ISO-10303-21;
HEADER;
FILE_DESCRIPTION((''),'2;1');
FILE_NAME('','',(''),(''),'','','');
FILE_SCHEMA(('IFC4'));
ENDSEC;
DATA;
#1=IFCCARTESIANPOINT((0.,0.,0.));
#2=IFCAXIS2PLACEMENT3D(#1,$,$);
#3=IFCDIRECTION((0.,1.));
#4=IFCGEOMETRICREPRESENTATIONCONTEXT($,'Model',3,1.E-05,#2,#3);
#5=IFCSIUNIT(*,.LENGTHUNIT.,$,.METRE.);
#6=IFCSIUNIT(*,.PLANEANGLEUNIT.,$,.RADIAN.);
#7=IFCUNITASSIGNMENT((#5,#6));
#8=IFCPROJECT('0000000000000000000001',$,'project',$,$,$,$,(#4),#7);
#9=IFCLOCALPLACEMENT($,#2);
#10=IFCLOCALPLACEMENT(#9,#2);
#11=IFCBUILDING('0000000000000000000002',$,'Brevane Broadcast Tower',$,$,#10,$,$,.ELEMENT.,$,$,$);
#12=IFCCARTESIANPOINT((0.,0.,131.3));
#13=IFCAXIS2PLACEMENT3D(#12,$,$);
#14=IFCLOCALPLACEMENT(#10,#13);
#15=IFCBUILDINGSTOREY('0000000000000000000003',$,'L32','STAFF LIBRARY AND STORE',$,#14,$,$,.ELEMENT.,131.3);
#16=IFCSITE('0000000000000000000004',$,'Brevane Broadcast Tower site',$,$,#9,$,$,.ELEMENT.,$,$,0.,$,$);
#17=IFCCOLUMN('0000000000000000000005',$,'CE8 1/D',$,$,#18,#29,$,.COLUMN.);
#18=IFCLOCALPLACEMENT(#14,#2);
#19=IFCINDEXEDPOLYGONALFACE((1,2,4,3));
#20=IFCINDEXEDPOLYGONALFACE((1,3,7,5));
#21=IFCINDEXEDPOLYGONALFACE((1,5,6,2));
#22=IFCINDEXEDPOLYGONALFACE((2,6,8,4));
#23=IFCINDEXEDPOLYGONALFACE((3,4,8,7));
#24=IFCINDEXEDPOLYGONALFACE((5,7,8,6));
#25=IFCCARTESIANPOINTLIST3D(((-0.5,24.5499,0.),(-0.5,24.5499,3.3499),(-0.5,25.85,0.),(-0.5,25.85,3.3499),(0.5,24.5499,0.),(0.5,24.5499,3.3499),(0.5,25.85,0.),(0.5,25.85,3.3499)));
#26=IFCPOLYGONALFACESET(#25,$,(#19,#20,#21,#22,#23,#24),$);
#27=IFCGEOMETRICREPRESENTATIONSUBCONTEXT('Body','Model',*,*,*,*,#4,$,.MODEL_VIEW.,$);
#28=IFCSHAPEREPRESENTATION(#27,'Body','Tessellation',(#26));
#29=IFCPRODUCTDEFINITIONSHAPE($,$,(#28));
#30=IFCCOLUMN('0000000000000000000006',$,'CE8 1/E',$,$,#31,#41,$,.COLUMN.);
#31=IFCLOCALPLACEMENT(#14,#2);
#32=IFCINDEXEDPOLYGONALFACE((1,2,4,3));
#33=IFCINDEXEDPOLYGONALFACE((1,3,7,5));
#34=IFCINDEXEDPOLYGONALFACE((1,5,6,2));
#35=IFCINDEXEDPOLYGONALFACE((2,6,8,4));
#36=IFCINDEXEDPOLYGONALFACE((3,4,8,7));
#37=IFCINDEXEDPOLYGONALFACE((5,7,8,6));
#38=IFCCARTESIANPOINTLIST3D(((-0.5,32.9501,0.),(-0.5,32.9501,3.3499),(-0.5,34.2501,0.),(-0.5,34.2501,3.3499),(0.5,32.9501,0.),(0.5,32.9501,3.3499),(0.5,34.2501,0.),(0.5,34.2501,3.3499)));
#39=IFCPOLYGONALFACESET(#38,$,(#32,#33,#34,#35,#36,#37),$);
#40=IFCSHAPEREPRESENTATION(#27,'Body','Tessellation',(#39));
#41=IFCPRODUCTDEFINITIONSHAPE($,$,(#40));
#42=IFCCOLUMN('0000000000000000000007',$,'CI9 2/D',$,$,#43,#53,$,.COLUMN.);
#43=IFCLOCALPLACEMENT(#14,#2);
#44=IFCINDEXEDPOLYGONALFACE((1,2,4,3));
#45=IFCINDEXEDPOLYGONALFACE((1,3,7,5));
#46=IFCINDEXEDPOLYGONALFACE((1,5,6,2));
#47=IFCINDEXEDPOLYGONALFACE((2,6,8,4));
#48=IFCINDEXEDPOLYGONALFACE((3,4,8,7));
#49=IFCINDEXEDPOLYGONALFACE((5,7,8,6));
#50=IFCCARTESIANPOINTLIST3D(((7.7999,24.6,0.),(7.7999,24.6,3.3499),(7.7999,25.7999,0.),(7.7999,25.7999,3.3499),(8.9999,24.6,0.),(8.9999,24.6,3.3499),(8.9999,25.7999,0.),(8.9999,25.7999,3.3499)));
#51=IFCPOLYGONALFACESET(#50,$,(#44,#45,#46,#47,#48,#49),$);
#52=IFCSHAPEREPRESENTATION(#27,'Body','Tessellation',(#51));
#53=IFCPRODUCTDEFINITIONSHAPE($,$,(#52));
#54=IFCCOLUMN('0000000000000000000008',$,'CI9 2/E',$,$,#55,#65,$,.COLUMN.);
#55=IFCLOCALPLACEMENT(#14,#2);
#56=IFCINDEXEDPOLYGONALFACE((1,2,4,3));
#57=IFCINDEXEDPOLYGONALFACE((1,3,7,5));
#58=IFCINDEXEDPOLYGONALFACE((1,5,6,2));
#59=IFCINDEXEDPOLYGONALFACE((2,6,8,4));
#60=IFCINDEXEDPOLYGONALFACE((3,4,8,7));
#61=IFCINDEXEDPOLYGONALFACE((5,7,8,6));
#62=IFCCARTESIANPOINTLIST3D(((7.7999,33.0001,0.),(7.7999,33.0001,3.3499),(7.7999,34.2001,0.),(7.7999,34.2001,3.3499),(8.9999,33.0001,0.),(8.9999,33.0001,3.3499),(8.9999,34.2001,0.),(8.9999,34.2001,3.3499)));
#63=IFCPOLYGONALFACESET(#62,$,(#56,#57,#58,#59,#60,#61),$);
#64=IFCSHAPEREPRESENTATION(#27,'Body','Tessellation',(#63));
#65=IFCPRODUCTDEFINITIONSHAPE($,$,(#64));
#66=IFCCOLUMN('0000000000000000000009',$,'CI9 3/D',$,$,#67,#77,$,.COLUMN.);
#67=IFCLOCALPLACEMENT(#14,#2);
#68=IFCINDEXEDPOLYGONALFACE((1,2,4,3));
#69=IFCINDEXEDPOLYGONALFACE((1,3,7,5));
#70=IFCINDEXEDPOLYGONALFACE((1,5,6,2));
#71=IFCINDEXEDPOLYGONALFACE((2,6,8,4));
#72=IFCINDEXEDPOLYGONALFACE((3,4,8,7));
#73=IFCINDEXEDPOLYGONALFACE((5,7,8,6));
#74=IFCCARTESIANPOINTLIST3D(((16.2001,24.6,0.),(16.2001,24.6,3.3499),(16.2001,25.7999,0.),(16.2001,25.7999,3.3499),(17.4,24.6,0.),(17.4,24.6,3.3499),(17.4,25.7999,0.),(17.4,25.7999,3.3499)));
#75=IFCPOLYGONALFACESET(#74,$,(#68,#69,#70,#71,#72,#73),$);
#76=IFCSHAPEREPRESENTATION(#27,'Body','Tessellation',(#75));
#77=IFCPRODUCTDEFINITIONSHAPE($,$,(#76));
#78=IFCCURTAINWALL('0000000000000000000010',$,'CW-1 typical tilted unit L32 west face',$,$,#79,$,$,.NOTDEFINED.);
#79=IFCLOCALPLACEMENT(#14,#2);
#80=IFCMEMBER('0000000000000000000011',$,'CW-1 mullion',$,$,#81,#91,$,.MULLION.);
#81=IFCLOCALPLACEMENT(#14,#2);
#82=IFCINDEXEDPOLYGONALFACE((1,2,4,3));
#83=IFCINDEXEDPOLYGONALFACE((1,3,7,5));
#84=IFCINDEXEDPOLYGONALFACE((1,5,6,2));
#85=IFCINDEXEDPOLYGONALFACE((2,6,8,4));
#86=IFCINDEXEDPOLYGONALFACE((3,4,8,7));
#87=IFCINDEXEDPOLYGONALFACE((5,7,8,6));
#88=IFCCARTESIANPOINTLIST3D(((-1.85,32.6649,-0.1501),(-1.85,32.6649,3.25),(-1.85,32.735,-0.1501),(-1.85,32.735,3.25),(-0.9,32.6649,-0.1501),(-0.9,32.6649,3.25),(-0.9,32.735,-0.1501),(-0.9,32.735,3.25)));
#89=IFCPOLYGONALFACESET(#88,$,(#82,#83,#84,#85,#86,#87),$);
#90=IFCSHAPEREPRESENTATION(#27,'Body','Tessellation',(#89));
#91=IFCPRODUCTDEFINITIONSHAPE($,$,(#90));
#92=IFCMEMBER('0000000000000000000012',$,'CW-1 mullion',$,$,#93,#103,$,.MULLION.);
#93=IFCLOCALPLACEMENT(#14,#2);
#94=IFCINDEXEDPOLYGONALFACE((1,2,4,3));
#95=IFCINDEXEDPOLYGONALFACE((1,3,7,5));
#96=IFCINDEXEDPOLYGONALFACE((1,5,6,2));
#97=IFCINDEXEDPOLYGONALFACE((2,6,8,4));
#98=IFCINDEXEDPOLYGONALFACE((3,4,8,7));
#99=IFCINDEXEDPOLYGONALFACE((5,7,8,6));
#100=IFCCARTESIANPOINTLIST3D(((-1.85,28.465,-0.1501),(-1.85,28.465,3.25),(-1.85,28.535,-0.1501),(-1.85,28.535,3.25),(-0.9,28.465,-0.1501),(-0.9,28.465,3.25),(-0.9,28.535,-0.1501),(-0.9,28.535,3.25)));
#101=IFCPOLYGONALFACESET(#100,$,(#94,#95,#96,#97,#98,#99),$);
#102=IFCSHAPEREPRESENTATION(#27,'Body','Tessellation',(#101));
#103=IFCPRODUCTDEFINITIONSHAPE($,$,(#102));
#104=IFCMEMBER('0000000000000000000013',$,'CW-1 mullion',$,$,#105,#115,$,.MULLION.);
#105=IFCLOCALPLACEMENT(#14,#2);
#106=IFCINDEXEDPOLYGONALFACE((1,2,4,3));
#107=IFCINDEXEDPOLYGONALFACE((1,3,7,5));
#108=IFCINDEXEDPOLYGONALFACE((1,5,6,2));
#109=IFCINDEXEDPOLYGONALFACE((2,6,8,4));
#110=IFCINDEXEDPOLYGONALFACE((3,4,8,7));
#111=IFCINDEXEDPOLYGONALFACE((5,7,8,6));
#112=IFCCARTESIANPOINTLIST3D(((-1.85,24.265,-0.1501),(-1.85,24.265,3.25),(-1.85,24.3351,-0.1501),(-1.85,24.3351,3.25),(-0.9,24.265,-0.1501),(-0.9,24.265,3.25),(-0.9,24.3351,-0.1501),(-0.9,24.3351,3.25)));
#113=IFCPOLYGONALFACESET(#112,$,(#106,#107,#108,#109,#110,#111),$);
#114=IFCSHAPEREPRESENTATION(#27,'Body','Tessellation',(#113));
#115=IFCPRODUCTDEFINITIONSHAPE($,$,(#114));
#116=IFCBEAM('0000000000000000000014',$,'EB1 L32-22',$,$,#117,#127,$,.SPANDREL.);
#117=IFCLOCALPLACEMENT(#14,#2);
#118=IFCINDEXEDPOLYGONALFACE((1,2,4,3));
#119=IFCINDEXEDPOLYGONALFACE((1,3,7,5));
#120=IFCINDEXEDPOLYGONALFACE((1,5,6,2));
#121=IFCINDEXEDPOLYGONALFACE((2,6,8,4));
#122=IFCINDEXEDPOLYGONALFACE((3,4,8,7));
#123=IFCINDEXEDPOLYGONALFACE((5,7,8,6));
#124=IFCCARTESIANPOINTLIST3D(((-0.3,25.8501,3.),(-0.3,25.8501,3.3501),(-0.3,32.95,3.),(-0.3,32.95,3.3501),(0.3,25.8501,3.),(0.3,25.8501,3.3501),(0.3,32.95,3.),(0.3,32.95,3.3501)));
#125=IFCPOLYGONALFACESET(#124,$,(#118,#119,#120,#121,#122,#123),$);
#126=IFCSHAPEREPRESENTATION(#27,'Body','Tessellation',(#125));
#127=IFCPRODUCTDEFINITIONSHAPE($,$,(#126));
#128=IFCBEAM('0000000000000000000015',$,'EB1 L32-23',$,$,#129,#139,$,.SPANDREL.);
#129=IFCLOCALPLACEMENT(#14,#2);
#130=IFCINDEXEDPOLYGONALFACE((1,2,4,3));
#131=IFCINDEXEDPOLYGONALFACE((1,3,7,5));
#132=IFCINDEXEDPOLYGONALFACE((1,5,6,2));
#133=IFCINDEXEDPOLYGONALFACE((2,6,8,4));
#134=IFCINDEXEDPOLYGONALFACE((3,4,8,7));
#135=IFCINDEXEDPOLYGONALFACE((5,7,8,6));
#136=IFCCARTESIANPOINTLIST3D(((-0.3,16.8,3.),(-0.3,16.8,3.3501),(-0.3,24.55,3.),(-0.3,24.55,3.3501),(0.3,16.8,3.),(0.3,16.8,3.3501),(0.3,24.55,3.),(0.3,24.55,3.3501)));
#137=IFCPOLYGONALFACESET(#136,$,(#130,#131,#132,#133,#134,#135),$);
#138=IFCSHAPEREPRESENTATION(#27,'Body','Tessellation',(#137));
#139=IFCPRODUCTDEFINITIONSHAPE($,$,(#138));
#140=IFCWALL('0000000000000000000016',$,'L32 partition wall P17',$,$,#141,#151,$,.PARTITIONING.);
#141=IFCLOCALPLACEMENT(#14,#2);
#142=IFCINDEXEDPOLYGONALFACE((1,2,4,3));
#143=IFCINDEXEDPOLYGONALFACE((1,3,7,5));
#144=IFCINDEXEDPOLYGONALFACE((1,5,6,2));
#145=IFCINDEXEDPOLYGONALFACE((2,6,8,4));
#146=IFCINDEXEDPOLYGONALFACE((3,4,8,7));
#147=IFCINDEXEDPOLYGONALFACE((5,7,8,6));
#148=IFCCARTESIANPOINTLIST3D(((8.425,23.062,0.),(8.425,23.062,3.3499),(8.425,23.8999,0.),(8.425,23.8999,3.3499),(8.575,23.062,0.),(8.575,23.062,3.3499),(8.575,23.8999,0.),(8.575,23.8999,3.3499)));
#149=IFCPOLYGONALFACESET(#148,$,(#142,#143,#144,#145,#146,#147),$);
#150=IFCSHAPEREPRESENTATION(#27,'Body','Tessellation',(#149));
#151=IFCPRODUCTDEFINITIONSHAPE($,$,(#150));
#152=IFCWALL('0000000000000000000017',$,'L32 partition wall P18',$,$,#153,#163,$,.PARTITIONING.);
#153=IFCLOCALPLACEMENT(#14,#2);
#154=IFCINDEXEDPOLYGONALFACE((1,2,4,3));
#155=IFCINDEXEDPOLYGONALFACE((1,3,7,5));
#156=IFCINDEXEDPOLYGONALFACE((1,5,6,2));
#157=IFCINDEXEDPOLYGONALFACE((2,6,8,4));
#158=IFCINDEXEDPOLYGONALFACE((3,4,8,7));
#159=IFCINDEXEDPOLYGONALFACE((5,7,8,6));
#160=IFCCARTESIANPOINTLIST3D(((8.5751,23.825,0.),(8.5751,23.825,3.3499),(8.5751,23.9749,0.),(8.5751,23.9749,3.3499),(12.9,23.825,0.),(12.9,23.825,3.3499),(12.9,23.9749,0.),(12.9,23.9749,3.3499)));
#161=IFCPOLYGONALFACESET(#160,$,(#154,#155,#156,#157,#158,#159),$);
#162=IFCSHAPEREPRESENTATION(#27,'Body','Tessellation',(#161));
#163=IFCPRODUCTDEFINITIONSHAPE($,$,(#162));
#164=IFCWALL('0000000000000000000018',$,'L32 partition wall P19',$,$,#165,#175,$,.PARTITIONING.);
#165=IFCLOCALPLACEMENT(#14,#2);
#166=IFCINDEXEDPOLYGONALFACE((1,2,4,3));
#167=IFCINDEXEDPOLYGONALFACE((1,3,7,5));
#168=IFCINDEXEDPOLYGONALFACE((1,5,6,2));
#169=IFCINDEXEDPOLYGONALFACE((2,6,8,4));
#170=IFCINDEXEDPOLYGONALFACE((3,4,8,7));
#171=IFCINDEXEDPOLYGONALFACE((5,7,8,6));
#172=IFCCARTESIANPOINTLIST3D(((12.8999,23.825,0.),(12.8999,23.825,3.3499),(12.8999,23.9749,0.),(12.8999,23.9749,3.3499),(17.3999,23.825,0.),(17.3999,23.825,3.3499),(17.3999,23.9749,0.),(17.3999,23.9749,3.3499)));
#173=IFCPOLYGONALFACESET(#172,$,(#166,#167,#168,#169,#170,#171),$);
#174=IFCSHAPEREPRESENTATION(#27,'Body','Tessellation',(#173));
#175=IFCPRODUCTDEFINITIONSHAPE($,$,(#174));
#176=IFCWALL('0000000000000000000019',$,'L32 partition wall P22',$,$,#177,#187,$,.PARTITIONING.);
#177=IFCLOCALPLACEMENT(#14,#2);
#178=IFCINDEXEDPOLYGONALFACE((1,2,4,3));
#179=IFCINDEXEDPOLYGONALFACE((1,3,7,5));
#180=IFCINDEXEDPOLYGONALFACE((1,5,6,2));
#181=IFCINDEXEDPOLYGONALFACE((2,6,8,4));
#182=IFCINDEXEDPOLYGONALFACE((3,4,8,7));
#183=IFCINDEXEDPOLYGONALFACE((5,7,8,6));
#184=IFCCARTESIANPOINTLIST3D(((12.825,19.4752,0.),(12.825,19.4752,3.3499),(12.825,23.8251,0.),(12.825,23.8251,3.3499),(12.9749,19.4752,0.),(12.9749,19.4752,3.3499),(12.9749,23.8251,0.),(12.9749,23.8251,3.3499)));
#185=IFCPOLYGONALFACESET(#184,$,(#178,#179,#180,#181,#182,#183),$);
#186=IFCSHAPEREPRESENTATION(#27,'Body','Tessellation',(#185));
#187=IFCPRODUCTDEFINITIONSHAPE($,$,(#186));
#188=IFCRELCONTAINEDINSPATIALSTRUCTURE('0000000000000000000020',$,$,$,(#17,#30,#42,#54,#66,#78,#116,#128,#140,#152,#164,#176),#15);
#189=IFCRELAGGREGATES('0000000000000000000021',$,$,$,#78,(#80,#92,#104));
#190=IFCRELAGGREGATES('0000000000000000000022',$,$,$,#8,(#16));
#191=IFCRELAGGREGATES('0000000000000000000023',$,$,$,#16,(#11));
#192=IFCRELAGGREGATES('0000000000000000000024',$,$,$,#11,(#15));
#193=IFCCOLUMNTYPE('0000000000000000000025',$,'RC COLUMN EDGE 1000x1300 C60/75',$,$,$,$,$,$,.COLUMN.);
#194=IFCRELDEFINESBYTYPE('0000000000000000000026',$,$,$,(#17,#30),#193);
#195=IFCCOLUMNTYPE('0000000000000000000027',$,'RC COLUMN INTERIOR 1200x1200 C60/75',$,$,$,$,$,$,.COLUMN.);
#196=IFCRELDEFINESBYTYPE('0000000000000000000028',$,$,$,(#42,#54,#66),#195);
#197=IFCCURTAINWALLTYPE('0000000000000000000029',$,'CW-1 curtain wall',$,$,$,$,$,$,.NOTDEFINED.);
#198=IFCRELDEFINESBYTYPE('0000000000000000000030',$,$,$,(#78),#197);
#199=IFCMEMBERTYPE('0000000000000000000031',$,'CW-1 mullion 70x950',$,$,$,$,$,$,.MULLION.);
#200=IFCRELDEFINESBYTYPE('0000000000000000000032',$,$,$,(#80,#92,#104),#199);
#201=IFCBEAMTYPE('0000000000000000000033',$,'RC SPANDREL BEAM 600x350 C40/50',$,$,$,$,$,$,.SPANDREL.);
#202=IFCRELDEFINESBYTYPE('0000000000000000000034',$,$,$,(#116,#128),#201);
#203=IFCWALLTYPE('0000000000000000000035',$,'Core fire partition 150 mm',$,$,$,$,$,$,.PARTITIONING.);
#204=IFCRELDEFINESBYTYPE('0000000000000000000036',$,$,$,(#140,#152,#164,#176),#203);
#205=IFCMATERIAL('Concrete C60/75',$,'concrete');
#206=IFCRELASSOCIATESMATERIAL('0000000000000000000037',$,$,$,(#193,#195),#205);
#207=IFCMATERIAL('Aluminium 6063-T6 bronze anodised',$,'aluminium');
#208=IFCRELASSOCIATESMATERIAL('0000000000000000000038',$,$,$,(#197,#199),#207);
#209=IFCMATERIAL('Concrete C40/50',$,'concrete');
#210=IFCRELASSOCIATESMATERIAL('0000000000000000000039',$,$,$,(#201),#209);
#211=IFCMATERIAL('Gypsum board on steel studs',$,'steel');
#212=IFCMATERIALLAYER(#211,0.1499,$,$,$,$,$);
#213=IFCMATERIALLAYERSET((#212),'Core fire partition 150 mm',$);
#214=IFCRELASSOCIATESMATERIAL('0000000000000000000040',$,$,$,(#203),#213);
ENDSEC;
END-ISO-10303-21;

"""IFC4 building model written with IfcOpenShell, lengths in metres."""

from ifc_helpers import new_model, si_unit, direction, frame, frame_2d, origin, origin_2d, place, context, subcontext, project, spatial, rectangle, extrude, material, layer, layer_set, material_profile, profile_set, type_object, element, aggregate, save


model = new_model("IFC4")

# Units and contexts
model_context = context("Model", 3, precision=1e-05, world=origin(), true_north=direction((0.0, 1.0)))
body_context = subcontext(model_context, "Body", "Model", "MODEL_VIEW")
ifc_project = project(units=[si_unit("LENGTHUNIT", "METRE"), si_unit("PLANEANGLEUNIT", "RADIAN")], contexts=[model_context])

# Site, building, storey
site_placement = place(None, origin())
site = spatial("IfcSite", under=ifc_project, at=site_placement, Name="Brevane Broadcast Tower site", CompositionType="ELEMENT", RefElevation=0.0)
building_placement = place(site_placement, origin())
building = spatial("IfcBuilding", under=site, at=building_placement, Name="Brevane Broadcast Tower", CompositionType="ELEMENT")
storey_placement = place(building_placement, frame((0.0, 0.0, 131.3)))
storey = spatial("IfcBuildingStorey", under=building, at=storey_placement, Name="L32", Description="STAFF LIBRARY AND STORE", CompositionType="ELEMENT", Elevation=131.3)

# Columns
ifc_material_1 = material(Name="Concrete C60/75", Category="concrete")
ifc_material_profile_1 = material_profile(ifc_material_1, rectangle(XDim=1.0, YDim=1.3, at=origin_2d()), Name="RC 1000x1300")
ifc_profile_set_1 = profile_set([ifc_material_profile_1], Name="Concrete C60/75")
column_type_1 = type_object("IfcColumnType", Name="RC COLUMN EDGE 1000x1300 C60/75", PredefinedType="COLUMN", material=ifc_profile_set_1)
for number, where, z_axis, x_axis, name in (
    (1, (0.0, 25.2, 0.0), (0.0, 0.0, 1.0), (1.0, 0.0, 0.0), "CE8 1/D"),
    (2, (0.0, 33.6001, 0.0), (0.0, 0.0, 1.0), (1.0, 0.0, 0.0), "CE8 1/E"),
):
    element("IfcColumn", number, at=place(storey_placement, frame(where, z_axis=z_axis, x_axis=x_axis)), inside=storey, type_object=column_type_1, Name=name, PredefinedType="COLUMN", context=body_context, shape_type="SweptSolid", body=[
        extrude(rectangle(XDim=1.0, YDim=1.3, at=origin_2d()), origin(), (0.0, 0.0, 1.0), 3.3499),
    ])
ifc_material_profile_2 = material_profile(ifc_material_1, rectangle(XDim=1.2, YDim=1.2, at=origin_2d()), Name="RC 1200x1200")
ifc_profile_set_2 = profile_set([ifc_material_profile_2], Name="Concrete C60/75")
column_type_2 = type_object("IfcColumnType", Name="RC COLUMN INTERIOR 1200x1200 C60/75", PredefinedType="COLUMN", material=ifc_profile_set_2)
for number, where, z_axis, x_axis, name in (
    (3, (8.3999, 25.2, 0.0), (0.0, 0.0, 1.0), (1.0, 0.0, 0.0), "CI9 2/D"),
    (4, (8.3999, 33.6001, 0.0), (0.0, 0.0, 1.0), (1.0, 0.0, 0.0), "CI9 2/E"),
    (5, (16.8, 25.2, 0.0), (0.0, 0.0, 1.0), (1.0, 0.0, 0.0), "CI9 3/D"),
):
    element("IfcColumn", number, at=place(storey_placement, frame(where, z_axis=z_axis, x_axis=x_axis)), inside=storey, type_object=column_type_2, Name=name, PredefinedType="COLUMN", context=body_context, shape_type="SweptSolid", body=[
        extrude(rectangle(XDim=1.2, YDim=1.2, at=origin_2d()), origin(), (0.0, 0.0, 1.0), 3.3499),
    ])

# Curtain wall, members
ifc_material_2 = material(Name="Aluminium 6063-T6 bronze anodised", Category="aluminium")
curtain_wall_type = type_object("IfcCurtainWallType", Name="CW-1 curtain wall", PredefinedType="NOTDEFINED", material=ifc_material_2)
curtain_wall_placement = place(storey_placement, origin())
curtain_wall = element("IfcCurtainWall", 6, at=curtain_wall_placement, inside=storey, type_object=curtain_wall_type, Name="CW-1 typical tilted unit L32 west face", PredefinedType="NOTDEFINED")
ifc_material_profile_3 = material_profile(ifc_material_2, rectangle(XDim=0.95, YDim=0.0701, at=origin_2d()), Name="RECT 70x950")
ifc_profile_set_3 = profile_set([ifc_material_profile_3], Name="Aluminium 6063-T6 bronze anodised")
member_type = type_object("IfcMemberType", Name="CW-1 mullion 70x950", PredefinedType="MULLION", material=ifc_profile_set_3)
member_1_placement = place(storey_placement, frame((-1.375, 32.7, -0.1501), z_axis=(0.0, 0.0, 1.0), x_axis=(1.0, 0.0, 0.0)))
member_1 = element("IfcMember", 7, at=member_1_placement, type_object=member_type, Name="CW-1 mullion", PredefinedType="MULLION", context=body_context, shape_type="SweptSolid", body=[
    extrude(rectangle(XDim=0.95, YDim=0.0701, at=origin_2d()), origin(), (0.0, 0.0, 1.0), 3.4001),
])
member_2_placement = place(storey_placement, frame((-1.375, 28.5, -0.1501), z_axis=(0.0, 0.0, 1.0), x_axis=(1.0, 0.0, 0.0)))
member_2 = element("IfcMember", 8, at=member_2_placement, type_object=member_type, Name="CW-1 mullion", PredefinedType="MULLION", context=body_context, shape_type="SweptSolid", body=[
    extrude(rectangle(XDim=0.95, YDim=0.0701, at=origin_2d()), origin(), (0.0, 0.0, 1.0), 3.4001),
])
member_3_placement = place(storey_placement, frame((-1.375, 24.3, -0.1501), z_axis=(0.0, 0.0, 1.0), x_axis=(1.0, 0.0, 0.0)))
member_3 = element("IfcMember", 9, at=member_3_placement, type_object=member_type, Name="CW-1 mullion", PredefinedType="MULLION", context=body_context, shape_type="SweptSolid", body=[
    extrude(rectangle(XDim=0.95, YDim=0.0701, at=origin_2d()), origin(), (0.0, 0.0, 1.0), 3.4001),
])
aggregate(curtain_wall, [member_1, member_2, member_3])

# Beams
ifc_material_3 = material(Name="Concrete C40/50", Category="concrete")
ifc_material_profile_4 = material_profile(ifc_material_3, rectangle(XDim=0.6001, YDim=0.3501, at=origin_2d()), Name="RC 600x350")
ifc_profile_set_4 = profile_set([ifc_material_profile_4], Name="Concrete C40/50")
beam_type = type_object("IfcBeamType", Name="RC SPANDREL BEAM 600x350 C40/50", PredefinedType="SPANDREL", material=ifc_profile_set_4)
beam_1_placement = place(storey_placement, frame((0.0, 32.95, 3.175), z_axis=(0.0, -1.0, 0.0), x_axis=(1.0, 0.0, 0.0)))
element("IfcBeam", 10, at=beam_1_placement, inside=storey, type_object=beam_type, Name="EB1 L32-22", PredefinedType="SPANDREL", context=body_context, shape_type="SweptSolid", body=[
    extrude(rectangle(XDim=0.6001, YDim=0.3501, at=origin_2d()), origin(), (0.0, 0.0, 1.0), 7.0999),
])
beam_2_placement = place(storey_placement, frame((0.0, 24.55, 3.175), z_axis=(0.0, -1.0, 0.0), x_axis=(1.0, 0.0, 0.0)))
element("IfcBeam", 11, at=beam_2_placement, inside=storey, type_object=beam_type, Name="EB1 L32-23", PredefinedType="SPANDREL", context=body_context, shape_type="SweptSolid", body=[
    extrude(rectangle(XDim=0.6001, YDim=0.3501, at=origin_2d()), origin(), (0.0, 0.0, 1.0), 7.75),
])

# Walls
ifc_material_4 = material(Name="Gypsum board on steel studs", Category="steel")
ifc_layer_1 = layer(ifc_material_4, 0.1499)
ifc_layer_set_1 = layer_set([ifc_layer_1], Name="Core fire partition 150 mm")
wall_type_1 = type_object("IfcWallType", Name="Core fire partition 150 mm", PredefinedType="PARTITIONING", material=ifc_layer_set_1)
wall_1_placement = place(storey_placement, frame((8.5, 23.062, 0.0), z_axis=(0.0, 0.0, 1.0), x_axis=(0.0, 1.0, 0.0)))
element("IfcWall", 12, at=wall_1_placement, inside=storey, type_object=wall_type_1, Name="L32 partition wall P17", PredefinedType="PARTITIONING", context=body_context, shape_type="SweptSolid", body=[
    extrude(rectangle(XDim=0.8379, YDim=0.1499, at=frame_2d((0.4189, 0.0))), origin(), (0.0, 0.0, 1.0), 3.3499),
])
wall_2_placement = place(storey_placement, frame((8.575, 23.8999, 0.0), z_axis=(0.0, 0.0, 1.0), x_axis=(1.0, 0.0, 0.0)))
element("IfcWall", 13, at=wall_2_placement, inside=storey, type_object=wall_type_1, Name="L32 partition wall P18", PredefinedType="PARTITIONING", context=body_context, shape_type="SweptSolid", body=[
    extrude(rectangle(XDim=4.325, YDim=0.1499, at=frame_2d((2.1626, 0.0))), origin(), (0.0, 0.0, 1.0), 3.3499),
])
wall_3_placement = place(storey_placement, frame((12.8999, 23.8999, 0.0), z_axis=(0.0, 0.0, 1.0), x_axis=(1.0, 0.0, 0.0)))
element("IfcWall", 14, at=wall_3_placement, inside=storey, type_object=wall_type_1, Name="L32 partition wall P19", PredefinedType="PARTITIONING", context=body_context, shape_type="SweptSolid", body=[
    extrude(rectangle(XDim=4.5, YDim=0.1499, at=frame_2d((2.25, 0.0))), origin(), (0.0, 0.0, 1.0), 3.3499),
])
wall_4_placement = place(storey_placement, frame((12.8999, 23.825, 0.0), z_axis=(0.0, 0.0, 1.0), x_axis=(0.0, -1.0, 0.0)))
element("IfcWall", 15, at=wall_4_placement, inside=storey, type_object=wall_type_1, Name="L32 partition wall P22", PredefinedType="PARTITIONING", context=body_context, shape_type="SweptSolid", body=[
    extrude(rectangle(XDim=4.3499, YDim=0.1499, at=frame_2d((2.1748, 0.0))), origin(), (0.0, 0.0, 1.0), 3.3499),
])

save(model, "model.ifc")
